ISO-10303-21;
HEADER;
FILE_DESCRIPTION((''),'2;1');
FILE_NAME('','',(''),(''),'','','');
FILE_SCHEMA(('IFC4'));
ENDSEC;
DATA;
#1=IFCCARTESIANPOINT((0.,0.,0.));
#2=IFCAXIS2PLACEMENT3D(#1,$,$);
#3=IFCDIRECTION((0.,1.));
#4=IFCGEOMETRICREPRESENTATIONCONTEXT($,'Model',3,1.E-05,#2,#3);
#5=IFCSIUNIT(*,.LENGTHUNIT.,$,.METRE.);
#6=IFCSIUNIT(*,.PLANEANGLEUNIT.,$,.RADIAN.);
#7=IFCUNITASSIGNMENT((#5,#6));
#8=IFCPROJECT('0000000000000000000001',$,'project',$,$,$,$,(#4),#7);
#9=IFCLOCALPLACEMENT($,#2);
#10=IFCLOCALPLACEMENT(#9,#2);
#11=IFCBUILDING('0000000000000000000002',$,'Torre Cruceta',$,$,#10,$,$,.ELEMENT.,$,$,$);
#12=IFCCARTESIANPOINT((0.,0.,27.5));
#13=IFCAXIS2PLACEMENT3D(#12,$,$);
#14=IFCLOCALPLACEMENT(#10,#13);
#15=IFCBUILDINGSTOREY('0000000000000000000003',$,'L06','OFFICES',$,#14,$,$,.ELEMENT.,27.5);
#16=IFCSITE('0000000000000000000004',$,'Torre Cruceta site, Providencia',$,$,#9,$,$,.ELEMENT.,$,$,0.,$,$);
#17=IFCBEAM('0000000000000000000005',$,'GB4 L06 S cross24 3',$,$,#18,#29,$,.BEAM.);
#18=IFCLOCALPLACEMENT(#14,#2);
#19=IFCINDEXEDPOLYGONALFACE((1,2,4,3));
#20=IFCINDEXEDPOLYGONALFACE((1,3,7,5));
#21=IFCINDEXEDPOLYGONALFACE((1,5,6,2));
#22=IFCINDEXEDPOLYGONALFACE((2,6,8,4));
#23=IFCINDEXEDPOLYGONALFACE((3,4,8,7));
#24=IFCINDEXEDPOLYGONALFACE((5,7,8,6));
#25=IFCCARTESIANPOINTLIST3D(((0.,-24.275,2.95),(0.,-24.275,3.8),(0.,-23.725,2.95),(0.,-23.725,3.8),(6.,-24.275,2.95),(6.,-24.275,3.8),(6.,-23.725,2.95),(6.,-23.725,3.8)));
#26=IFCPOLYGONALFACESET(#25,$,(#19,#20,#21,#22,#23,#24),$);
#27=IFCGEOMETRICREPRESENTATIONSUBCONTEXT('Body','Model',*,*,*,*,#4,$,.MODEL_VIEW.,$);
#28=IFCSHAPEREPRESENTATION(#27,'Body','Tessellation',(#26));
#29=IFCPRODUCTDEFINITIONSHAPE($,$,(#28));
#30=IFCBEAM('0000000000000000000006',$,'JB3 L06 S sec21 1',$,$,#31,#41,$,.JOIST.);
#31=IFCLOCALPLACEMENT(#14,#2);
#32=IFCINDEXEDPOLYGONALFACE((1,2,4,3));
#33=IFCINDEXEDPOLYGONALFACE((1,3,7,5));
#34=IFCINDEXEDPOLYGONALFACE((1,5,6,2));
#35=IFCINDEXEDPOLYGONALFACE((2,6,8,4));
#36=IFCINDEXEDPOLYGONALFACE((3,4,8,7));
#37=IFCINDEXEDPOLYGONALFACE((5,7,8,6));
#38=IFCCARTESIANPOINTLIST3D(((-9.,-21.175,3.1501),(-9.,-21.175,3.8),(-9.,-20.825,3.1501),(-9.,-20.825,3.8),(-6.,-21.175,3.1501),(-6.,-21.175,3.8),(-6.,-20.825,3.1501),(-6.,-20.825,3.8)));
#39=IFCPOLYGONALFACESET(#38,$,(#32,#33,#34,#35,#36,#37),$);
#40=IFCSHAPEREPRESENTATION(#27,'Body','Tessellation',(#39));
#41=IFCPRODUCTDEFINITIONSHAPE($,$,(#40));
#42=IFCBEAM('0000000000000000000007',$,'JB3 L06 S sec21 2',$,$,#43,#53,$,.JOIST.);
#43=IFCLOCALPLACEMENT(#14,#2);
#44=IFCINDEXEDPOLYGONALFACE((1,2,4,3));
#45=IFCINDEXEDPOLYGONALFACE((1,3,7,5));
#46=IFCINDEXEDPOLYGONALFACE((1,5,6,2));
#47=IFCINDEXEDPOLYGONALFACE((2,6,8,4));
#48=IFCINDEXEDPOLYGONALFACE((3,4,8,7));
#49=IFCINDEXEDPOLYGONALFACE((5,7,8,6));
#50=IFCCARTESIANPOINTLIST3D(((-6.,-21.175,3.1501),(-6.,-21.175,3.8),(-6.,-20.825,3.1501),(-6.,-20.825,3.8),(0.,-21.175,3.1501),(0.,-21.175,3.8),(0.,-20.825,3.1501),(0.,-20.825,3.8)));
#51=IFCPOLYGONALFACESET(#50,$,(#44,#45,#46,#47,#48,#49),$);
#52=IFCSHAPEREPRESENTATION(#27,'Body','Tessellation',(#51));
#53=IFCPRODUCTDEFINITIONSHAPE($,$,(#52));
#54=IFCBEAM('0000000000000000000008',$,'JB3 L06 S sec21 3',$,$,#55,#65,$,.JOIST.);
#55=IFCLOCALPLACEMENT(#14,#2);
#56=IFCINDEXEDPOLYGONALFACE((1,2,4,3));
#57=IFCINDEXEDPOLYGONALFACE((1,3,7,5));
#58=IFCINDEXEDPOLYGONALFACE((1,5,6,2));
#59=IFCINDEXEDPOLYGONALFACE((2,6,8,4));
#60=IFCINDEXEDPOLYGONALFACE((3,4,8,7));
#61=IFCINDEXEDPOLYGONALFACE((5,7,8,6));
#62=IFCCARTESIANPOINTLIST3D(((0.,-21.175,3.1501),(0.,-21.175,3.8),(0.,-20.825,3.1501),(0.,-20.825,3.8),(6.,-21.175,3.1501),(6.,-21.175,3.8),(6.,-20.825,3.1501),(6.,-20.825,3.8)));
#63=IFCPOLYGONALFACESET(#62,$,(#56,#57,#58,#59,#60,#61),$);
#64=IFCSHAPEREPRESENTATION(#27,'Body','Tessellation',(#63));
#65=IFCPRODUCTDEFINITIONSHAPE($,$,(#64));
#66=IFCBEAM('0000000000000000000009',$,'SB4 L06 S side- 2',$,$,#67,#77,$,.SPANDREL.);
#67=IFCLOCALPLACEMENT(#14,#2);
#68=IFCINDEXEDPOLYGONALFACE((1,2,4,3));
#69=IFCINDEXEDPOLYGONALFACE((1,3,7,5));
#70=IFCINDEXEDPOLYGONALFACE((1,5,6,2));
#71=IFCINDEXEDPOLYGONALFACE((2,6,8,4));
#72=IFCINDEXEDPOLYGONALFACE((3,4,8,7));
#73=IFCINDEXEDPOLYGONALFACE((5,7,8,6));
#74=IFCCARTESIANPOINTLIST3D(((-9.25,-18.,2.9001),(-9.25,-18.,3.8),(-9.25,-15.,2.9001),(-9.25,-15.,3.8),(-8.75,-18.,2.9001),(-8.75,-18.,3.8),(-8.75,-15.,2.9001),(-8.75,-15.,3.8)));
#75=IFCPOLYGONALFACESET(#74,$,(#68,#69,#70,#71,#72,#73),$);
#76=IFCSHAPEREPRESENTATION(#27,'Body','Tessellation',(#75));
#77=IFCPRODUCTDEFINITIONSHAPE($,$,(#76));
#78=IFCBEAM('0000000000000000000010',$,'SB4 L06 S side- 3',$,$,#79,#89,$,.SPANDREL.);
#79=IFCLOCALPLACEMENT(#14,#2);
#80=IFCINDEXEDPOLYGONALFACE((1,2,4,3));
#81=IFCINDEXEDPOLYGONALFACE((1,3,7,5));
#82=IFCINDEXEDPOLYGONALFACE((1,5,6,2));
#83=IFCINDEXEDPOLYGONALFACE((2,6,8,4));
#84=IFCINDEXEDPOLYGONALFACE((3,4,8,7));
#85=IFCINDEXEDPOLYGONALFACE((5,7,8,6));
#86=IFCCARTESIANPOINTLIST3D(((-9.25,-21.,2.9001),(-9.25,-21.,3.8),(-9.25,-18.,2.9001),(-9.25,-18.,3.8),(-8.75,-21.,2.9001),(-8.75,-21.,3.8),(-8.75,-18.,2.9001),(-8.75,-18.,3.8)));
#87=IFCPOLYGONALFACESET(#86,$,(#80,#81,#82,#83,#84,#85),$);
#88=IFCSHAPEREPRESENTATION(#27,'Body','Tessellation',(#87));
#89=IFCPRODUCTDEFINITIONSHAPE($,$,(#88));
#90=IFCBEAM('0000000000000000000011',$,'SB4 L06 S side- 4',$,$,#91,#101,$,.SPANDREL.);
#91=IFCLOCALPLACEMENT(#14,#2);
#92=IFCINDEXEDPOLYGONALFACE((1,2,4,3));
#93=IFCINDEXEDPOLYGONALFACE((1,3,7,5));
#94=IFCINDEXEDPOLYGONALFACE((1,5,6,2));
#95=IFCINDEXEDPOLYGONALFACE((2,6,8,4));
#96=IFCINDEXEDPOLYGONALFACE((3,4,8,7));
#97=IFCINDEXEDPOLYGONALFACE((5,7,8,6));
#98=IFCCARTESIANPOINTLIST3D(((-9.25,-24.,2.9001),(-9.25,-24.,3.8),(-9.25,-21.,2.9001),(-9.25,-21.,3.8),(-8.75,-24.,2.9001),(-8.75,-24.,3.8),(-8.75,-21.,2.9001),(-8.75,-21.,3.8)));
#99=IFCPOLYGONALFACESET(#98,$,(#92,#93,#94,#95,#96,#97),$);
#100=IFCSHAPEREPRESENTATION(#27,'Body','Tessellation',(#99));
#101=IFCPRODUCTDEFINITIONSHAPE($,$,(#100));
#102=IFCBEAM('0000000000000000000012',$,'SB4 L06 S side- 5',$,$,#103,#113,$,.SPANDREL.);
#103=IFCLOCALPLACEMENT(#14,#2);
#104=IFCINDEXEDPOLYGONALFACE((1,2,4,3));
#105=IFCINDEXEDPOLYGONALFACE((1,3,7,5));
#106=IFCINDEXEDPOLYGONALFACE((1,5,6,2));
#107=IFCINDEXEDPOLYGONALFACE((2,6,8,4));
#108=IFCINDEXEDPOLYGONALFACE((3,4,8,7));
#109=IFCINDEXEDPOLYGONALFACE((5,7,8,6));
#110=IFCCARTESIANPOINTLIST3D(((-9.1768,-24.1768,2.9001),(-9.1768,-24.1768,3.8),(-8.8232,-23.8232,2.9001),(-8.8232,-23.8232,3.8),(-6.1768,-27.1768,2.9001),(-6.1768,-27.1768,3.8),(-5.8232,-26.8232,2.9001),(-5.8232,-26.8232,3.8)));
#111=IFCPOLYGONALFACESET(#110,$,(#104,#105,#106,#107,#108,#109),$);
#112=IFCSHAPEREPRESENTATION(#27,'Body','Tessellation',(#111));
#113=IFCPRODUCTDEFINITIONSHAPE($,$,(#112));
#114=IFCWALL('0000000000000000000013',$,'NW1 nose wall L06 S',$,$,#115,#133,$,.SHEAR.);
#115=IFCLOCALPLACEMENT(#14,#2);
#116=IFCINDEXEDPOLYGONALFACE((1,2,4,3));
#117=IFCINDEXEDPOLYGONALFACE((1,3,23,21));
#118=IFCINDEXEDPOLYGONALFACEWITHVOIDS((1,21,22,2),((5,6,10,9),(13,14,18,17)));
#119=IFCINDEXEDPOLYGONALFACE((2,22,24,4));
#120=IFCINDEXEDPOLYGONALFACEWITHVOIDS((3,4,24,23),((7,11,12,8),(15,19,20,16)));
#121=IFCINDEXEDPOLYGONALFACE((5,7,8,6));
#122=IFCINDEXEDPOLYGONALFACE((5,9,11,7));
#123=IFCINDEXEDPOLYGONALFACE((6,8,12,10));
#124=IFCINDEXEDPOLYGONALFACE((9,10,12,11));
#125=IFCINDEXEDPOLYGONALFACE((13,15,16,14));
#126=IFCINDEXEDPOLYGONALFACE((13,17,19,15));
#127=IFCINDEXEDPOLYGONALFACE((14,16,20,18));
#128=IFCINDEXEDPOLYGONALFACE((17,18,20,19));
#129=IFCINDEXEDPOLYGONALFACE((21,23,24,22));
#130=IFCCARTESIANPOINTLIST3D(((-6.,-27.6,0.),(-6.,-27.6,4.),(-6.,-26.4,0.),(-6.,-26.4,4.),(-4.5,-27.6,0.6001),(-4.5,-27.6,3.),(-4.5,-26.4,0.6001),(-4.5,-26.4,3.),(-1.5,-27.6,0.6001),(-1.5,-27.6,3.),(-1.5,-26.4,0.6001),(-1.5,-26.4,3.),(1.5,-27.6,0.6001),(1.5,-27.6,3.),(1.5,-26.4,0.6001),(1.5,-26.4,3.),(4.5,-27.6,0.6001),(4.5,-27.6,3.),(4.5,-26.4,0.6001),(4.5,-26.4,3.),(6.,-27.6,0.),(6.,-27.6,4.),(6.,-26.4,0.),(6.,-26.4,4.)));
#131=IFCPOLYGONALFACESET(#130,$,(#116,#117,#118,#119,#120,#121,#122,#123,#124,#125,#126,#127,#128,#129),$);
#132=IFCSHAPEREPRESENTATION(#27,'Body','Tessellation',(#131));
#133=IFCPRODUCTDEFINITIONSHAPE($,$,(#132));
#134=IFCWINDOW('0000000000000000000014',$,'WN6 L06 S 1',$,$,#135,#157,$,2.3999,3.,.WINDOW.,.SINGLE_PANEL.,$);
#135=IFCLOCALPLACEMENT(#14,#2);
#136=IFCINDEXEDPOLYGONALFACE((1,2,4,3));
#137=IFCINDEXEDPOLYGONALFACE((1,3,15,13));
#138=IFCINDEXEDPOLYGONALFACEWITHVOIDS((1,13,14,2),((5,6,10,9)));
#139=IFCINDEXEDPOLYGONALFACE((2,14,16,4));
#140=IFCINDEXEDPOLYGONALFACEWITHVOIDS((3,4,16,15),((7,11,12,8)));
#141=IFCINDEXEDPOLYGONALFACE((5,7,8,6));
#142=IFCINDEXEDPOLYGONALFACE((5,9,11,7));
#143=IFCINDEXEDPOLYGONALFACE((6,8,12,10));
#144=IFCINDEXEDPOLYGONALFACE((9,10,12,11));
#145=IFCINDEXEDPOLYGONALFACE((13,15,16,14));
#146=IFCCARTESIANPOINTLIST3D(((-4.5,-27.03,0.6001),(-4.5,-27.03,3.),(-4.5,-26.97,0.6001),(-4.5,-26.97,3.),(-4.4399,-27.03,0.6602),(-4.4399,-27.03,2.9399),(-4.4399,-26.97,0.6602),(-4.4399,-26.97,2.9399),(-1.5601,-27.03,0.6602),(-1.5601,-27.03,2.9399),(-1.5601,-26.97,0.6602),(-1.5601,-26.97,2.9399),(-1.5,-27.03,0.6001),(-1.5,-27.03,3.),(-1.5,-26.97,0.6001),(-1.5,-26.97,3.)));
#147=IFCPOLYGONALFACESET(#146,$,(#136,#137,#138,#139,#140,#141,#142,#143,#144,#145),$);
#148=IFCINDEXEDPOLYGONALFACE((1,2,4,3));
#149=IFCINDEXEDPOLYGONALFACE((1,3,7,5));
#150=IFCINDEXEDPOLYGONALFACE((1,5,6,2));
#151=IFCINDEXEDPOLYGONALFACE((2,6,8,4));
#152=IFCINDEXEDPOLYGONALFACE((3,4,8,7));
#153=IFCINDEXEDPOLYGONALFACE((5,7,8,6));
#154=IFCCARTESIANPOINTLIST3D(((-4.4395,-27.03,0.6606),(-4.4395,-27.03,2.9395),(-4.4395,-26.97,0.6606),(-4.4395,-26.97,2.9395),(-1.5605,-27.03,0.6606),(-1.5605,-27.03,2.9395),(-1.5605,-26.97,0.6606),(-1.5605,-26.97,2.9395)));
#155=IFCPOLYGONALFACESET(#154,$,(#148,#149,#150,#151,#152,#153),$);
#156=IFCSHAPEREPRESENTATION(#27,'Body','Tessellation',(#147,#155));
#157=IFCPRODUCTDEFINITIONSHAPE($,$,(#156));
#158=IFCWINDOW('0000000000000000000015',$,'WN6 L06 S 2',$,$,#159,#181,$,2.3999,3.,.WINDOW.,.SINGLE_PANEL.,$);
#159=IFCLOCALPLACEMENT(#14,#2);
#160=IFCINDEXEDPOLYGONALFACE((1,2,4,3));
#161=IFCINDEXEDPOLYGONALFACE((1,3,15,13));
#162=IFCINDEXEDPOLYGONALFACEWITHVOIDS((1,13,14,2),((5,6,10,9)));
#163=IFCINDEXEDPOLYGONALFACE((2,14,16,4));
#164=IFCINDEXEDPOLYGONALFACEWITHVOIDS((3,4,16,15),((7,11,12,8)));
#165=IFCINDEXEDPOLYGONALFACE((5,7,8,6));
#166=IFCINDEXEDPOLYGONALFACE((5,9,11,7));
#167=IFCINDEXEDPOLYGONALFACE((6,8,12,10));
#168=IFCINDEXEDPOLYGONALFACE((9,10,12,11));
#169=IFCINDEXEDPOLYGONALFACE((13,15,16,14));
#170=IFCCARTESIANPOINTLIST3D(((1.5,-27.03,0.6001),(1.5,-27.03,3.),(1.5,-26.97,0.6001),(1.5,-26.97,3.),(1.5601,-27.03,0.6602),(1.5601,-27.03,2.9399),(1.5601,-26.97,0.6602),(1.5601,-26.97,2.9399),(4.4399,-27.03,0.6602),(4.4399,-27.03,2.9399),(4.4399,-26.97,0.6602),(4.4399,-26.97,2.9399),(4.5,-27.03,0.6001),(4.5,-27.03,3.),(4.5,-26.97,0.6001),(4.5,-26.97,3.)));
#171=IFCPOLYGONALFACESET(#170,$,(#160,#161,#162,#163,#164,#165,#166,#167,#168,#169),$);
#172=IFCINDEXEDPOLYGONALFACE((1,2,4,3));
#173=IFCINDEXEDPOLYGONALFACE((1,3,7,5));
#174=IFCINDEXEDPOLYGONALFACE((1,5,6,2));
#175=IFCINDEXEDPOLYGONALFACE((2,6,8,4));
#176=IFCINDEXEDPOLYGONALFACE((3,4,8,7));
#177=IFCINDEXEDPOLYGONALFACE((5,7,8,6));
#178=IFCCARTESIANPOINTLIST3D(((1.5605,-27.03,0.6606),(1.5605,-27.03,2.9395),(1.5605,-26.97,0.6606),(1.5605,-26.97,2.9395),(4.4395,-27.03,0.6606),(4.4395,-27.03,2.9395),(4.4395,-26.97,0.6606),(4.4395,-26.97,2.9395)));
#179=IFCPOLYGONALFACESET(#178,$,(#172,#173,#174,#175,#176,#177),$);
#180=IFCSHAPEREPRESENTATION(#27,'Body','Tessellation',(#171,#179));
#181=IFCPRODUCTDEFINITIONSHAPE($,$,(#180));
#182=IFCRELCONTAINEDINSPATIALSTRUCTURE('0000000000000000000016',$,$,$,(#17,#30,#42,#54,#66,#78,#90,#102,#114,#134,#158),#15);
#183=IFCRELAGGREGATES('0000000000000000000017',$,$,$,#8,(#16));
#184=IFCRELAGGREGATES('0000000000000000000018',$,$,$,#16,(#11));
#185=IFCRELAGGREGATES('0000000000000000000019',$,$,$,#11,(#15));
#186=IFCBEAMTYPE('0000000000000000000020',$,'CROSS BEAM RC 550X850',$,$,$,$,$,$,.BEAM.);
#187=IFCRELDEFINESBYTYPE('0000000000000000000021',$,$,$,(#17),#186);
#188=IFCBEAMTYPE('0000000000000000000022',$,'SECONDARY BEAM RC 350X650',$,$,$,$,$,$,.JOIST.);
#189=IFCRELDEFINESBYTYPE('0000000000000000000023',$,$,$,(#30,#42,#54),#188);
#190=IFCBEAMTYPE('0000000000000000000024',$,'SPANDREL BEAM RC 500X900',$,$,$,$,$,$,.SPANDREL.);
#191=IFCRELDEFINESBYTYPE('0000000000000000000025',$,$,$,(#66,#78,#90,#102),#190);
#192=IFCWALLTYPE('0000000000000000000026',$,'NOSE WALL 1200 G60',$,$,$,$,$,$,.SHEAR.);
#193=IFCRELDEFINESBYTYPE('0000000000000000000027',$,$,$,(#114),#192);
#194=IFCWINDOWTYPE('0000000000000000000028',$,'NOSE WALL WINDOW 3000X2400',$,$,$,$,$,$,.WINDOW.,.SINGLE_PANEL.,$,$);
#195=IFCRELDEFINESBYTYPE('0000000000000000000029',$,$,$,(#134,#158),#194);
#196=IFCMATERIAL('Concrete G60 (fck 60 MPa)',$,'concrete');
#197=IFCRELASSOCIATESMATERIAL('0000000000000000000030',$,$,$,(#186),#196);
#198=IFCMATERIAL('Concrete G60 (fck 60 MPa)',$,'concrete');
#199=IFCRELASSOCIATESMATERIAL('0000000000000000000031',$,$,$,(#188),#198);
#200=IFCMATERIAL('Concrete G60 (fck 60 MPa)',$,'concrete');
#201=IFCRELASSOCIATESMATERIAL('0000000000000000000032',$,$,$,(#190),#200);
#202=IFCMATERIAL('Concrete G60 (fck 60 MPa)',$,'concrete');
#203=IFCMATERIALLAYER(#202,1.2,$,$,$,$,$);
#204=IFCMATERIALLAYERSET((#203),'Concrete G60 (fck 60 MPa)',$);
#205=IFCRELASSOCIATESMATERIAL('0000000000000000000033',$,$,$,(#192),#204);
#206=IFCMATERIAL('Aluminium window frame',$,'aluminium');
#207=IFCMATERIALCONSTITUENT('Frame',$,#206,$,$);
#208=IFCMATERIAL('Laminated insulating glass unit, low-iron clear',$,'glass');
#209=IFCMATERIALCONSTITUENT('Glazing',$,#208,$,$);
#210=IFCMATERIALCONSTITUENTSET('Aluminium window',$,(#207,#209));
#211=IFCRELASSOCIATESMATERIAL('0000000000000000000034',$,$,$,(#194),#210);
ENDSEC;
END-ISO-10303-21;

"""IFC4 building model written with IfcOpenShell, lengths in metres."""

from ifc_helpers import new_model, si_unit, direction, frame, frame_2d, origin, origin_2d, place, context, subcontext, project, spatial, rectangle, hollow_rectangle, extrude, material, layer, layer_set, constituent, constituent_set, material_profile, profile_set, type_object, element, fill, save


model = new_model("IFC4")

# Units and contexts
model_context = context("Model", 3, precision=1e-05, world=origin(), true_north=direction((0.0, 1.0)))
body_context = subcontext(model_context, "Body", "Model", "MODEL_VIEW")
ifc_project = project(units=[si_unit("LENGTHUNIT", "METRE"), si_unit("PLANEANGLEUNIT", "RADIAN")], contexts=[model_context])

# Site, building, storey
site_placement = place(None, origin())
site = spatial("IfcSite", under=ifc_project, at=site_placement, Name="Torre Cruceta site, Providencia", CompositionType="ELEMENT", RefElevation=0.0)
building_placement = place(site_placement, origin())
building = spatial("IfcBuilding", under=site, at=building_placement, Name="Torre Cruceta", CompositionType="ELEMENT")
storey_placement = place(building_placement, frame((0.0, 0.0, 27.5)))
storey = spatial("IfcBuildingStorey", under=building, at=storey_placement, Name="L06", Description="OFFICES", CompositionType="ELEMENT", Elevation=27.5)

# Beams
ifc_material_1 = material(Name="Concrete G60 (fck 60 MPa)", Category="concrete")
ifc_material_profile_1 = material_profile(ifc_material_1, rectangle(XDim=0.55, YDim=0.8501, at=origin_2d()), Name="RC 550X850")
ifc_profile_set_1 = profile_set([ifc_material_profile_1], Name="Concrete G60 (fck 60 MPa)")
beam_type_1 = type_object("IfcBeamType", Name="CROSS BEAM RC 550X850", PredefinedType="BEAM", material=ifc_profile_set_1)
for number, where, z_axis, x_axis, name in (
    (1, (0.0, -24.0, 3.375), (1.0, 0.0, 0.0), (0.0, 1.0, 0.0), "GB4 L06 S cross24 3"),
):
    element("IfcBeam", number, at=place(storey_placement, frame(where, z_axis=z_axis, x_axis=x_axis)), inside=storey, type_object=beam_type_1, Name=name, PredefinedType="BEAM", context=body_context, shape_type="SweptSolid", body=[
        extrude(rectangle(XDim=0.55, YDim=0.8501, at=origin_2d()), origin(), (0.0, 0.0, 1.0), 6.0),
    ])
ifc_material_2 = material(Name="Concrete G60 (fck 60 MPa)", Category="concrete")
ifc_material_profile_2 = material_profile(ifc_material_2, rectangle(XDim=0.3501, YDim=0.6499, at=origin_2d()), Name="RC 350X650")
ifc_profile_set_2 = profile_set([ifc_material_profile_2], Name="Concrete G60 (fck 60 MPa)")
beam_type_2 = type_object("IfcBeamType", Name="SECONDARY BEAM RC 350X650", PredefinedType="JOIST", material=ifc_profile_set_2)
beam_1_placement = place(storey_placement, frame((-9.0, -21.0, 3.4751), z_axis=(1.0, 0.0, 0.0), x_axis=(0.0, 1.0, 0.0)))
element("IfcBeam", 2, at=beam_1_placement, inside=storey, type_object=beam_type_2, Name="JB3 L06 S sec21 1", PredefinedType="JOIST", context=body_context, shape_type="SweptSolid", body=[
    extrude(rectangle(XDim=0.3501, YDim=0.6499, at=origin_2d()), origin(), (0.0, 0.0, 1.0), 3.0),
])
for number, where, z_axis, x_axis, name in (
    (3, (-6.0, -21.0, 3.4751), (1.0, 0.0, 0.0), (0.0, 1.0, 0.0), "JB3 L06 S sec21 2"),
    (4, (0.0, -21.0, 3.4751), (1.0, 0.0, 0.0), (0.0, 1.0, 0.0), "JB3 L06 S sec21 3"),
):
    element("IfcBeam", number, at=place(storey_placement, frame(where, z_axis=z_axis, x_axis=x_axis)), inside=storey, type_object=beam_type_2, Name=name, PredefinedType="JOIST", context=body_context, shape_type="SweptSolid", body=[
        extrude(rectangle(XDim=0.3501, YDim=0.6499, at=origin_2d()), origin(), (0.0, 0.0, 1.0), 6.0),
    ])
ifc_material_3 = material(Name="Concrete G60 (fck 60 MPa)", Category="concrete")
ifc_material_profile_3 = material_profile(ifc_material_3, rectangle(XDim=0.5, YDim=0.8999, at=origin_2d()), Name="RC 500X900")
ifc_profile_set_3 = profile_set([ifc_material_profile_3], Name="Concrete G60 (fck 60 MPa)")
beam_type_3 = type_object("IfcBeamType", Name="SPANDREL BEAM RC 500X900", PredefinedType="SPANDREL", material=ifc_profile_set_3)
for number, where, z_axis, x_axis, name in (
    (5, (-9.0, -15.0, 3.3501), (0.0, -1.0, 0.0), (1.0, 0.0, 0.0), "SB4 L06 S side- 2"),
    (6, (-9.0, -18.0, 3.3501), (0.0, -1.0, 0.0), (1.0, 0.0, 0.0), "SB4 L06 S side- 3"),
    (7, (-9.0, -21.0, 3.3501), (0.0, -1.0, 0.0), (1.0, 0.0, 0.0), "SB4 L06 S side- 4"),
):
    element("IfcBeam", number, at=place(storey_placement, frame(where, z_axis=z_axis, x_axis=x_axis)), inside=storey, type_object=beam_type_3, Name=name, PredefinedType="SPANDREL", context=body_context, shape_type="SweptSolid", body=[
        extrude(rectangle(XDim=0.5, YDim=0.8999, at=origin_2d()), origin(), (0.0, 0.0, 1.0), 3.0),
    ])
beam_2_placement = place(storey_placement, frame((-9.0, -24.0, 3.3501), z_axis=(0.707107, -0.707107, 0.0), x_axis=(0.707107, 0.707107, 0.0)))
element("IfcBeam", 8, at=beam_2_placement, inside=storey, type_object=beam_type_3, Name="SB4 L06 S side- 5", PredefinedType="SPANDREL", context=body_context, shape_type="SweptSolid", body=[
    extrude(rectangle(XDim=0.5, YDim=0.8999, at=origin_2d()), origin(), (0.0, 0.0, 1.0), 4.2427),
])

# Wall, openings, windows
ifc_material_4 = material(Name="Concrete G60 (fck 60 MPa)", Category="concrete")
ifc_layer_1 = layer(ifc_material_4, 1.2)
ifc_layer_set_1 = layer_set([ifc_layer_1], Name="Concrete G60 (fck 60 MPa)")
wall_type_1 = type_object("IfcWallType", Name="NOSE WALL 1200 G60", PredefinedType="SHEAR", material=ifc_layer_set_1)
wall_1_placement = place(storey_placement, frame((-6.0, -27.0, 0.0), z_axis=(0.0, 0.0, 1.0), x_axis=(1.0, 0.0, 0.0)))
wall_1 = element("IfcWall", 9, at=wall_1_placement, inside=storey, type_object=wall_type_1, Name="NW1 nose wall L06 S", PredefinedType="SHEAR", context=body_context, shape_type="SweptSolid", body=[
    extrude(rectangle(XDim=12.0, YDim=1.2, at=frame_2d((6.0, 0.0))), origin(), (0.0, 0.0, 1.0), 4.0),
])
opening_1_placement = place(wall_1_placement, frame((1.5, 0.0, 0.6001)))
opening_1 = element("IfcOpeningElement", 10, at=opening_1_placement, cuts=wall_1, PredefinedType="OPENING", context=body_context, shape_type="SweptSolid", body=[
    extrude(rectangle(XDim=3.0, YDim=2.3999, at=frame_2d((1.5, 1.2))), frame((0.0, 0.6099, 0.0), z_axis=(0.0, -1.0, 0.0), x_axis=(1.0, 0.0, 0.0)), (0.0, 0.0, 1.0), 1.22),
])
opening_2_placement = place(wall_1_placement, frame((7.5, 0.0, 0.6001)))
opening_2 = element("IfcOpeningElement", 11, at=opening_2_placement, cuts=wall_1, PredefinedType="OPENING", context=body_context, shape_type="SweptSolid", body=[
    extrude(rectangle(XDim=3.0, YDim=2.3999, at=frame_2d((1.5, 1.2))), frame((0.0, 0.6099, 0.0), z_axis=(0.0, -1.0, 0.0), x_axis=(1.0, 0.0, 0.0)), (0.0, 0.0, 1.0), 1.22),
])
ifc_material_5 = material(Name="Aluminium window frame", Category="aluminium")
ifc_constituent_1 = constituent(ifc_material_5, Name="Frame")
ifc_material_6 = material(Name="Laminated insulating glass unit, low-iron clear", Category="glass")
ifc_constituent_2 = constituent(ifc_material_6, Name="Glazing")
ifc_constituent_set_1 = constituent_set(constituents=[ifc_constituent_1, ifc_constituent_2], Name="Aluminium window")
window_type = type_object("IfcWindowType", Name="NOSE WALL WINDOW 3000X2400", PartitioningType="SINGLE_PANEL", PredefinedType="WINDOW", material=ifc_constituent_set_1)
window_1_placement = place(opening_1_placement, origin())
window_1 = element("IfcWindow", 12, at=window_1_placement, inside=storey, type_object=window_type, Name="WN6 L06 S 1", OverallHeight=2.3999, OverallWidth=3.0, PartitioningType="SINGLE_PANEL", PredefinedType="WINDOW", context=body_context, shape_type="SweptSolid", body=[
    extrude(hollow_rectangle(XDim=3.0, YDim=2.3999, WallThickness=0.0601, at=frame_2d((1.5, 1.2))), frame((0.0, 0.03, 0.0), z_axis=(0.0, -1.0, 0.0), x_axis=(1.0, 0.0, 0.0)), (0.0, 0.0, 1.0), 0.0601),
    extrude(rectangle(XDim=2.8789, YDim=2.2788, at=frame_2d((1.5, 1.2))), frame((0.0, 0.03, 0.0), z_axis=(0.0, -1.0, 0.0), x_axis=(1.0, 0.0, 0.0)), (0.0, 0.0, 1.0), 0.0601),
])
fill(opening_1, window_1)
window_2_placement = place(opening_2_placement, origin())
window_2 = element("IfcWindow", 13, at=window_2_placement, inside=storey, type_object=window_type, Name="WN6 L06 S 2", OverallHeight=2.3999, OverallWidth=3.0, PartitioningType="SINGLE_PANEL", PredefinedType="WINDOW", context=body_context, shape_type="SweptSolid", body=[
    extrude(hollow_rectangle(XDim=3.0, YDim=2.3999, WallThickness=0.0601, at=frame_2d((1.5, 1.2))), frame((0.0, 0.03, 0.0), z_axis=(0.0, -1.0, 0.0), x_axis=(1.0, 0.0, 0.0)), (0.0, 0.0, 1.0), 0.0601),
    extrude(rectangle(XDim=2.8789, YDim=2.2788, at=frame_2d((1.5, 1.2))), frame((0.0, 0.03, 0.0), z_axis=(0.0, -1.0, 0.0), x_axis=(1.0, 0.0, 0.0)), (0.0, 0.0, 1.0), 0.0601),
])
fill(opening_2, window_2)

save(model, "model.ifc")
